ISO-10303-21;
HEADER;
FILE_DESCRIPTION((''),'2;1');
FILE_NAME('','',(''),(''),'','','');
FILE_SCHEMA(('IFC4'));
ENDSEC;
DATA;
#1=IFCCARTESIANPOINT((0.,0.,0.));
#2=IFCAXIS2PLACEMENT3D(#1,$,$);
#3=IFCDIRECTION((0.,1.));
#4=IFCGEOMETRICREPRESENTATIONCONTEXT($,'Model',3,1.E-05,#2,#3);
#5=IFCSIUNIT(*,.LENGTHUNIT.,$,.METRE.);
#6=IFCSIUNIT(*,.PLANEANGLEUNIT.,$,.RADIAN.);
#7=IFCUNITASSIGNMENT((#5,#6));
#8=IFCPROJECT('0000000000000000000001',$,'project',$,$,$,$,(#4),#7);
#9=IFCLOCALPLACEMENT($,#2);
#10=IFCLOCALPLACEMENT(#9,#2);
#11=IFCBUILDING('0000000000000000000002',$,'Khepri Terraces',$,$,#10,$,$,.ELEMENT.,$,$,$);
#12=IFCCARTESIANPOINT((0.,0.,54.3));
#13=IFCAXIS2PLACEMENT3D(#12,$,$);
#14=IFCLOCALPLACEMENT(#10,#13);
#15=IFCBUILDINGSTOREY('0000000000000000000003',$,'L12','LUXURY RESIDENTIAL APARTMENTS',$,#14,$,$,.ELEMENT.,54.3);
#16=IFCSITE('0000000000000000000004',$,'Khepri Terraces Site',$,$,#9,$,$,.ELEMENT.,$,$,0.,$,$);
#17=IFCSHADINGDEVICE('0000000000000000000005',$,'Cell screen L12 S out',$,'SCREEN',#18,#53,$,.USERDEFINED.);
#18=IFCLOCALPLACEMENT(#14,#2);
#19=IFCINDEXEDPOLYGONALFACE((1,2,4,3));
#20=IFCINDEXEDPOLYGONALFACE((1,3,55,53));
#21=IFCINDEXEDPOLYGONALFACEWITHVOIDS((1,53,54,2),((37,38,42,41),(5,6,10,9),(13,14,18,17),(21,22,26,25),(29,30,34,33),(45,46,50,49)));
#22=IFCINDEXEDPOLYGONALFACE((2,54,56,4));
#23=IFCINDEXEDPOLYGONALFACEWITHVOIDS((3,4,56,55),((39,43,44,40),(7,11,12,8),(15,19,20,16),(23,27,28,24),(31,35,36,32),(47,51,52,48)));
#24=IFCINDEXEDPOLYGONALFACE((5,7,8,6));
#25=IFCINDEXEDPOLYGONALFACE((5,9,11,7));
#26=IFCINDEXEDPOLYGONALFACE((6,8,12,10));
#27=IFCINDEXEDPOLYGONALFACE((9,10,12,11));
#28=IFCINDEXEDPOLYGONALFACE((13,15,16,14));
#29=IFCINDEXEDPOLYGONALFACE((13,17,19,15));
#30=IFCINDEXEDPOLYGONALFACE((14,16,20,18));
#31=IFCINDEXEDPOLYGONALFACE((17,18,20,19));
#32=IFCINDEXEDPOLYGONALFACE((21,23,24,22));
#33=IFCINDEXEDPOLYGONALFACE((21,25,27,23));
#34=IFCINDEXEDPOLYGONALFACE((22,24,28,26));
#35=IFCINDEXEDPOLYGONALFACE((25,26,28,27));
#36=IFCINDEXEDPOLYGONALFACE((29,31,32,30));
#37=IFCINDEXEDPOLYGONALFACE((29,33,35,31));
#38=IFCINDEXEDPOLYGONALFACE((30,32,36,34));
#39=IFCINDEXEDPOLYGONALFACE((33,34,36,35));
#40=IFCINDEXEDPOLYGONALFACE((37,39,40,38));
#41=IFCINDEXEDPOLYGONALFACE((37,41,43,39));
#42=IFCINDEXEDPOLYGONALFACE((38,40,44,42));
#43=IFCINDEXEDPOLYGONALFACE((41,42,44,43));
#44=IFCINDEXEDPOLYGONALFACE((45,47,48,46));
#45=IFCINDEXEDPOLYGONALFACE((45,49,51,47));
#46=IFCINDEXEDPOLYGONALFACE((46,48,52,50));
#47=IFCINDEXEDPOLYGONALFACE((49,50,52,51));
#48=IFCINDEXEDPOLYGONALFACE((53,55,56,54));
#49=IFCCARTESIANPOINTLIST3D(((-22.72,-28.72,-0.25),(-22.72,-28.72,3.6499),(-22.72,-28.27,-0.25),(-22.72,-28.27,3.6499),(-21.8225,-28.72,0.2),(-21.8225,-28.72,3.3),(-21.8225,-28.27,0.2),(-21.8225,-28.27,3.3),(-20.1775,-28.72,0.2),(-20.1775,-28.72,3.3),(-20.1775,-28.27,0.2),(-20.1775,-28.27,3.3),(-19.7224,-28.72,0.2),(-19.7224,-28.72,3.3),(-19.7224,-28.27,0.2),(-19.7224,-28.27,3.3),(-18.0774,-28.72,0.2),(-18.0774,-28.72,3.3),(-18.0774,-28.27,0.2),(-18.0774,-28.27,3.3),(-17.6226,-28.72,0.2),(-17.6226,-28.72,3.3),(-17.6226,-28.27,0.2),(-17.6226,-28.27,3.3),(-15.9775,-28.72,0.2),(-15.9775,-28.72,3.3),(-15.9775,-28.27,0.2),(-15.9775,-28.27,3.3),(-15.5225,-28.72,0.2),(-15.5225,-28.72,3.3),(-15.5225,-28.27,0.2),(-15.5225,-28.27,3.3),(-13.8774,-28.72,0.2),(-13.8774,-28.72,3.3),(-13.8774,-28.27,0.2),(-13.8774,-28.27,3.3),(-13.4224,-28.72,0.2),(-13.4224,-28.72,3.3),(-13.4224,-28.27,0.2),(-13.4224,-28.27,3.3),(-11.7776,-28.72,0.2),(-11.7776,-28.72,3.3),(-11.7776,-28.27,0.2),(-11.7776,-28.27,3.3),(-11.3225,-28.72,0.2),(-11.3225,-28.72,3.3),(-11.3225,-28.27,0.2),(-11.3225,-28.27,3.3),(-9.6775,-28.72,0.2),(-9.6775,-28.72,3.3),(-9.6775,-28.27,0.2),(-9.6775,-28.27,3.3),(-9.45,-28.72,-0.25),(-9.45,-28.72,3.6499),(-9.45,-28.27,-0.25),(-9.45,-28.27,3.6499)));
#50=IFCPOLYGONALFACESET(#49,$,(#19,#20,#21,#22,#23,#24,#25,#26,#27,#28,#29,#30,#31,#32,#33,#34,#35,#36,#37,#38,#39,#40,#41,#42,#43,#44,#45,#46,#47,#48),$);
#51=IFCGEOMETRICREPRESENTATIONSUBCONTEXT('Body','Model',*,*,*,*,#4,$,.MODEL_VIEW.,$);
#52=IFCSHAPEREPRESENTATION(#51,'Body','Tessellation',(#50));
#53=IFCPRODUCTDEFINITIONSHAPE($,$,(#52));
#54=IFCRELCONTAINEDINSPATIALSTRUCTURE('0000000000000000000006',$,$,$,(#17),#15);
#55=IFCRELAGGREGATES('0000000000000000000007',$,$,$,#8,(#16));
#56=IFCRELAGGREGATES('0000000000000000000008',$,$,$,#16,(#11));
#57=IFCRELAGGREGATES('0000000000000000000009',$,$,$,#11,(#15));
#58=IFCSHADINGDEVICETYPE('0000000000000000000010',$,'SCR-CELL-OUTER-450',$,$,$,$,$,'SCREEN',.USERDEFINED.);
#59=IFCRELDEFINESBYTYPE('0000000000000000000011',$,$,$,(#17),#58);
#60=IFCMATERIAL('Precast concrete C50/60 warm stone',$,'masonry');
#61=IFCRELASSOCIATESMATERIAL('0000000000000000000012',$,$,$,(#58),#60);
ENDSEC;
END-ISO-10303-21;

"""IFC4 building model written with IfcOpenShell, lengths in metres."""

from ifc_helpers import new_model, si_unit, direction, frame, origin, place, context, subcontext, project, spatial, polyline, outline, extrude, material, type_object, element, save


model = new_model("IFC4")

# Units and contexts
model_context = context("Model", 3, precision=1e-05, world=origin(), true_north=direction((0.0, 1.0)))
body_context = subcontext(model_context, "Body", "Model", "MODEL_VIEW")
ifc_project = project(units=[si_unit("LENGTHUNIT", "METRE"), si_unit("PLANEANGLEUNIT", "RADIAN")], contexts=[model_context])

# Site, building, storey
site_placement = place(None, origin())
site = spatial("IfcSite", under=ifc_project, at=site_placement, Name="Khepri Terraces Site", CompositionType="ELEMENT", RefElevation=0.0)
building_placement = place(site_placement, origin())
building = spatial("IfcBuilding", under=site, at=building_placement, Name="Khepri Terraces", CompositionType="ELEMENT")
storey_placement = place(building_placement, frame((0.0, 0.0, 54.3)))
storey = spatial("IfcBuildingStorey", under=building, at=storey_placement, Name="L12", Description="LUXURY RESIDENTIAL APARTMENTS", CompositionType="ELEMENT", Elevation=54.3)

# Shared definitions
ifc_material_1 = material(Name="Precast concrete C50/60 warm stone", Category="masonry")

# Shading device
shading_device_type_1 = type_object("IfcShadingDeviceType", Name="SCR-CELL-OUTER-450", ElementType="SCREEN", PredefinedType="USERDEFINED", material=ifc_material_1)
shading_device_1_placement = place(storey_placement, frame((-22.72, -28.27, -0.25), z_axis=(0.0, -1.0, 0.0), x_axis=(1.0, 0.0, 0.0)))
element("IfcShadingDevice", 1, at=shading_device_1_placement, inside=storey, type_object=shading_device_type_1, Name="Cell screen L12 S out", ObjectType="SCREEN", PredefinedType="USERDEFINED", context=body_context, shape_type="SweptSolid", body=[
    extrude(outline(polyline([(0.0, 0.0), (13.27, 0.0), (13.27, 3.8999), (0.0, 3.8999), (0.0, 0.0)]), holes=[polyline([(0.8975, 0.45), (2.5425, 0.45), (2.5425, 3.55), (0.8975, 3.55), (0.8975, 0.45)]), polyline([(2.9976, 0.45), (4.6426, 0.45), (4.6426, 3.55), (2.9976, 3.55), (2.9976, 0.45)]), polyline([(5.0974, 0.45), (6.7424, 0.45), (6.7424, 3.55), (5.0974, 3.55), (5.0974, 0.45)]), polyline([(7.1975, 0.45), (8.8425, 0.45), (8.8425, 3.55), (7.1975, 3.55), (7.1975, 0.45)]), polyline([(9.2976, 0.45), (10.9424, 0.45), (10.9424, 3.55), (9.2976, 3.55), (9.2976, 0.45)]), polyline([(11.3975, 0.45), (13.0425, 0.45), (13.0425, 3.55), (11.3975, 3.55), (11.3975, 0.45)])]), origin(), (0.0, 0.0, 1.0), 0.45),
])

save(model, "model.ifc")
